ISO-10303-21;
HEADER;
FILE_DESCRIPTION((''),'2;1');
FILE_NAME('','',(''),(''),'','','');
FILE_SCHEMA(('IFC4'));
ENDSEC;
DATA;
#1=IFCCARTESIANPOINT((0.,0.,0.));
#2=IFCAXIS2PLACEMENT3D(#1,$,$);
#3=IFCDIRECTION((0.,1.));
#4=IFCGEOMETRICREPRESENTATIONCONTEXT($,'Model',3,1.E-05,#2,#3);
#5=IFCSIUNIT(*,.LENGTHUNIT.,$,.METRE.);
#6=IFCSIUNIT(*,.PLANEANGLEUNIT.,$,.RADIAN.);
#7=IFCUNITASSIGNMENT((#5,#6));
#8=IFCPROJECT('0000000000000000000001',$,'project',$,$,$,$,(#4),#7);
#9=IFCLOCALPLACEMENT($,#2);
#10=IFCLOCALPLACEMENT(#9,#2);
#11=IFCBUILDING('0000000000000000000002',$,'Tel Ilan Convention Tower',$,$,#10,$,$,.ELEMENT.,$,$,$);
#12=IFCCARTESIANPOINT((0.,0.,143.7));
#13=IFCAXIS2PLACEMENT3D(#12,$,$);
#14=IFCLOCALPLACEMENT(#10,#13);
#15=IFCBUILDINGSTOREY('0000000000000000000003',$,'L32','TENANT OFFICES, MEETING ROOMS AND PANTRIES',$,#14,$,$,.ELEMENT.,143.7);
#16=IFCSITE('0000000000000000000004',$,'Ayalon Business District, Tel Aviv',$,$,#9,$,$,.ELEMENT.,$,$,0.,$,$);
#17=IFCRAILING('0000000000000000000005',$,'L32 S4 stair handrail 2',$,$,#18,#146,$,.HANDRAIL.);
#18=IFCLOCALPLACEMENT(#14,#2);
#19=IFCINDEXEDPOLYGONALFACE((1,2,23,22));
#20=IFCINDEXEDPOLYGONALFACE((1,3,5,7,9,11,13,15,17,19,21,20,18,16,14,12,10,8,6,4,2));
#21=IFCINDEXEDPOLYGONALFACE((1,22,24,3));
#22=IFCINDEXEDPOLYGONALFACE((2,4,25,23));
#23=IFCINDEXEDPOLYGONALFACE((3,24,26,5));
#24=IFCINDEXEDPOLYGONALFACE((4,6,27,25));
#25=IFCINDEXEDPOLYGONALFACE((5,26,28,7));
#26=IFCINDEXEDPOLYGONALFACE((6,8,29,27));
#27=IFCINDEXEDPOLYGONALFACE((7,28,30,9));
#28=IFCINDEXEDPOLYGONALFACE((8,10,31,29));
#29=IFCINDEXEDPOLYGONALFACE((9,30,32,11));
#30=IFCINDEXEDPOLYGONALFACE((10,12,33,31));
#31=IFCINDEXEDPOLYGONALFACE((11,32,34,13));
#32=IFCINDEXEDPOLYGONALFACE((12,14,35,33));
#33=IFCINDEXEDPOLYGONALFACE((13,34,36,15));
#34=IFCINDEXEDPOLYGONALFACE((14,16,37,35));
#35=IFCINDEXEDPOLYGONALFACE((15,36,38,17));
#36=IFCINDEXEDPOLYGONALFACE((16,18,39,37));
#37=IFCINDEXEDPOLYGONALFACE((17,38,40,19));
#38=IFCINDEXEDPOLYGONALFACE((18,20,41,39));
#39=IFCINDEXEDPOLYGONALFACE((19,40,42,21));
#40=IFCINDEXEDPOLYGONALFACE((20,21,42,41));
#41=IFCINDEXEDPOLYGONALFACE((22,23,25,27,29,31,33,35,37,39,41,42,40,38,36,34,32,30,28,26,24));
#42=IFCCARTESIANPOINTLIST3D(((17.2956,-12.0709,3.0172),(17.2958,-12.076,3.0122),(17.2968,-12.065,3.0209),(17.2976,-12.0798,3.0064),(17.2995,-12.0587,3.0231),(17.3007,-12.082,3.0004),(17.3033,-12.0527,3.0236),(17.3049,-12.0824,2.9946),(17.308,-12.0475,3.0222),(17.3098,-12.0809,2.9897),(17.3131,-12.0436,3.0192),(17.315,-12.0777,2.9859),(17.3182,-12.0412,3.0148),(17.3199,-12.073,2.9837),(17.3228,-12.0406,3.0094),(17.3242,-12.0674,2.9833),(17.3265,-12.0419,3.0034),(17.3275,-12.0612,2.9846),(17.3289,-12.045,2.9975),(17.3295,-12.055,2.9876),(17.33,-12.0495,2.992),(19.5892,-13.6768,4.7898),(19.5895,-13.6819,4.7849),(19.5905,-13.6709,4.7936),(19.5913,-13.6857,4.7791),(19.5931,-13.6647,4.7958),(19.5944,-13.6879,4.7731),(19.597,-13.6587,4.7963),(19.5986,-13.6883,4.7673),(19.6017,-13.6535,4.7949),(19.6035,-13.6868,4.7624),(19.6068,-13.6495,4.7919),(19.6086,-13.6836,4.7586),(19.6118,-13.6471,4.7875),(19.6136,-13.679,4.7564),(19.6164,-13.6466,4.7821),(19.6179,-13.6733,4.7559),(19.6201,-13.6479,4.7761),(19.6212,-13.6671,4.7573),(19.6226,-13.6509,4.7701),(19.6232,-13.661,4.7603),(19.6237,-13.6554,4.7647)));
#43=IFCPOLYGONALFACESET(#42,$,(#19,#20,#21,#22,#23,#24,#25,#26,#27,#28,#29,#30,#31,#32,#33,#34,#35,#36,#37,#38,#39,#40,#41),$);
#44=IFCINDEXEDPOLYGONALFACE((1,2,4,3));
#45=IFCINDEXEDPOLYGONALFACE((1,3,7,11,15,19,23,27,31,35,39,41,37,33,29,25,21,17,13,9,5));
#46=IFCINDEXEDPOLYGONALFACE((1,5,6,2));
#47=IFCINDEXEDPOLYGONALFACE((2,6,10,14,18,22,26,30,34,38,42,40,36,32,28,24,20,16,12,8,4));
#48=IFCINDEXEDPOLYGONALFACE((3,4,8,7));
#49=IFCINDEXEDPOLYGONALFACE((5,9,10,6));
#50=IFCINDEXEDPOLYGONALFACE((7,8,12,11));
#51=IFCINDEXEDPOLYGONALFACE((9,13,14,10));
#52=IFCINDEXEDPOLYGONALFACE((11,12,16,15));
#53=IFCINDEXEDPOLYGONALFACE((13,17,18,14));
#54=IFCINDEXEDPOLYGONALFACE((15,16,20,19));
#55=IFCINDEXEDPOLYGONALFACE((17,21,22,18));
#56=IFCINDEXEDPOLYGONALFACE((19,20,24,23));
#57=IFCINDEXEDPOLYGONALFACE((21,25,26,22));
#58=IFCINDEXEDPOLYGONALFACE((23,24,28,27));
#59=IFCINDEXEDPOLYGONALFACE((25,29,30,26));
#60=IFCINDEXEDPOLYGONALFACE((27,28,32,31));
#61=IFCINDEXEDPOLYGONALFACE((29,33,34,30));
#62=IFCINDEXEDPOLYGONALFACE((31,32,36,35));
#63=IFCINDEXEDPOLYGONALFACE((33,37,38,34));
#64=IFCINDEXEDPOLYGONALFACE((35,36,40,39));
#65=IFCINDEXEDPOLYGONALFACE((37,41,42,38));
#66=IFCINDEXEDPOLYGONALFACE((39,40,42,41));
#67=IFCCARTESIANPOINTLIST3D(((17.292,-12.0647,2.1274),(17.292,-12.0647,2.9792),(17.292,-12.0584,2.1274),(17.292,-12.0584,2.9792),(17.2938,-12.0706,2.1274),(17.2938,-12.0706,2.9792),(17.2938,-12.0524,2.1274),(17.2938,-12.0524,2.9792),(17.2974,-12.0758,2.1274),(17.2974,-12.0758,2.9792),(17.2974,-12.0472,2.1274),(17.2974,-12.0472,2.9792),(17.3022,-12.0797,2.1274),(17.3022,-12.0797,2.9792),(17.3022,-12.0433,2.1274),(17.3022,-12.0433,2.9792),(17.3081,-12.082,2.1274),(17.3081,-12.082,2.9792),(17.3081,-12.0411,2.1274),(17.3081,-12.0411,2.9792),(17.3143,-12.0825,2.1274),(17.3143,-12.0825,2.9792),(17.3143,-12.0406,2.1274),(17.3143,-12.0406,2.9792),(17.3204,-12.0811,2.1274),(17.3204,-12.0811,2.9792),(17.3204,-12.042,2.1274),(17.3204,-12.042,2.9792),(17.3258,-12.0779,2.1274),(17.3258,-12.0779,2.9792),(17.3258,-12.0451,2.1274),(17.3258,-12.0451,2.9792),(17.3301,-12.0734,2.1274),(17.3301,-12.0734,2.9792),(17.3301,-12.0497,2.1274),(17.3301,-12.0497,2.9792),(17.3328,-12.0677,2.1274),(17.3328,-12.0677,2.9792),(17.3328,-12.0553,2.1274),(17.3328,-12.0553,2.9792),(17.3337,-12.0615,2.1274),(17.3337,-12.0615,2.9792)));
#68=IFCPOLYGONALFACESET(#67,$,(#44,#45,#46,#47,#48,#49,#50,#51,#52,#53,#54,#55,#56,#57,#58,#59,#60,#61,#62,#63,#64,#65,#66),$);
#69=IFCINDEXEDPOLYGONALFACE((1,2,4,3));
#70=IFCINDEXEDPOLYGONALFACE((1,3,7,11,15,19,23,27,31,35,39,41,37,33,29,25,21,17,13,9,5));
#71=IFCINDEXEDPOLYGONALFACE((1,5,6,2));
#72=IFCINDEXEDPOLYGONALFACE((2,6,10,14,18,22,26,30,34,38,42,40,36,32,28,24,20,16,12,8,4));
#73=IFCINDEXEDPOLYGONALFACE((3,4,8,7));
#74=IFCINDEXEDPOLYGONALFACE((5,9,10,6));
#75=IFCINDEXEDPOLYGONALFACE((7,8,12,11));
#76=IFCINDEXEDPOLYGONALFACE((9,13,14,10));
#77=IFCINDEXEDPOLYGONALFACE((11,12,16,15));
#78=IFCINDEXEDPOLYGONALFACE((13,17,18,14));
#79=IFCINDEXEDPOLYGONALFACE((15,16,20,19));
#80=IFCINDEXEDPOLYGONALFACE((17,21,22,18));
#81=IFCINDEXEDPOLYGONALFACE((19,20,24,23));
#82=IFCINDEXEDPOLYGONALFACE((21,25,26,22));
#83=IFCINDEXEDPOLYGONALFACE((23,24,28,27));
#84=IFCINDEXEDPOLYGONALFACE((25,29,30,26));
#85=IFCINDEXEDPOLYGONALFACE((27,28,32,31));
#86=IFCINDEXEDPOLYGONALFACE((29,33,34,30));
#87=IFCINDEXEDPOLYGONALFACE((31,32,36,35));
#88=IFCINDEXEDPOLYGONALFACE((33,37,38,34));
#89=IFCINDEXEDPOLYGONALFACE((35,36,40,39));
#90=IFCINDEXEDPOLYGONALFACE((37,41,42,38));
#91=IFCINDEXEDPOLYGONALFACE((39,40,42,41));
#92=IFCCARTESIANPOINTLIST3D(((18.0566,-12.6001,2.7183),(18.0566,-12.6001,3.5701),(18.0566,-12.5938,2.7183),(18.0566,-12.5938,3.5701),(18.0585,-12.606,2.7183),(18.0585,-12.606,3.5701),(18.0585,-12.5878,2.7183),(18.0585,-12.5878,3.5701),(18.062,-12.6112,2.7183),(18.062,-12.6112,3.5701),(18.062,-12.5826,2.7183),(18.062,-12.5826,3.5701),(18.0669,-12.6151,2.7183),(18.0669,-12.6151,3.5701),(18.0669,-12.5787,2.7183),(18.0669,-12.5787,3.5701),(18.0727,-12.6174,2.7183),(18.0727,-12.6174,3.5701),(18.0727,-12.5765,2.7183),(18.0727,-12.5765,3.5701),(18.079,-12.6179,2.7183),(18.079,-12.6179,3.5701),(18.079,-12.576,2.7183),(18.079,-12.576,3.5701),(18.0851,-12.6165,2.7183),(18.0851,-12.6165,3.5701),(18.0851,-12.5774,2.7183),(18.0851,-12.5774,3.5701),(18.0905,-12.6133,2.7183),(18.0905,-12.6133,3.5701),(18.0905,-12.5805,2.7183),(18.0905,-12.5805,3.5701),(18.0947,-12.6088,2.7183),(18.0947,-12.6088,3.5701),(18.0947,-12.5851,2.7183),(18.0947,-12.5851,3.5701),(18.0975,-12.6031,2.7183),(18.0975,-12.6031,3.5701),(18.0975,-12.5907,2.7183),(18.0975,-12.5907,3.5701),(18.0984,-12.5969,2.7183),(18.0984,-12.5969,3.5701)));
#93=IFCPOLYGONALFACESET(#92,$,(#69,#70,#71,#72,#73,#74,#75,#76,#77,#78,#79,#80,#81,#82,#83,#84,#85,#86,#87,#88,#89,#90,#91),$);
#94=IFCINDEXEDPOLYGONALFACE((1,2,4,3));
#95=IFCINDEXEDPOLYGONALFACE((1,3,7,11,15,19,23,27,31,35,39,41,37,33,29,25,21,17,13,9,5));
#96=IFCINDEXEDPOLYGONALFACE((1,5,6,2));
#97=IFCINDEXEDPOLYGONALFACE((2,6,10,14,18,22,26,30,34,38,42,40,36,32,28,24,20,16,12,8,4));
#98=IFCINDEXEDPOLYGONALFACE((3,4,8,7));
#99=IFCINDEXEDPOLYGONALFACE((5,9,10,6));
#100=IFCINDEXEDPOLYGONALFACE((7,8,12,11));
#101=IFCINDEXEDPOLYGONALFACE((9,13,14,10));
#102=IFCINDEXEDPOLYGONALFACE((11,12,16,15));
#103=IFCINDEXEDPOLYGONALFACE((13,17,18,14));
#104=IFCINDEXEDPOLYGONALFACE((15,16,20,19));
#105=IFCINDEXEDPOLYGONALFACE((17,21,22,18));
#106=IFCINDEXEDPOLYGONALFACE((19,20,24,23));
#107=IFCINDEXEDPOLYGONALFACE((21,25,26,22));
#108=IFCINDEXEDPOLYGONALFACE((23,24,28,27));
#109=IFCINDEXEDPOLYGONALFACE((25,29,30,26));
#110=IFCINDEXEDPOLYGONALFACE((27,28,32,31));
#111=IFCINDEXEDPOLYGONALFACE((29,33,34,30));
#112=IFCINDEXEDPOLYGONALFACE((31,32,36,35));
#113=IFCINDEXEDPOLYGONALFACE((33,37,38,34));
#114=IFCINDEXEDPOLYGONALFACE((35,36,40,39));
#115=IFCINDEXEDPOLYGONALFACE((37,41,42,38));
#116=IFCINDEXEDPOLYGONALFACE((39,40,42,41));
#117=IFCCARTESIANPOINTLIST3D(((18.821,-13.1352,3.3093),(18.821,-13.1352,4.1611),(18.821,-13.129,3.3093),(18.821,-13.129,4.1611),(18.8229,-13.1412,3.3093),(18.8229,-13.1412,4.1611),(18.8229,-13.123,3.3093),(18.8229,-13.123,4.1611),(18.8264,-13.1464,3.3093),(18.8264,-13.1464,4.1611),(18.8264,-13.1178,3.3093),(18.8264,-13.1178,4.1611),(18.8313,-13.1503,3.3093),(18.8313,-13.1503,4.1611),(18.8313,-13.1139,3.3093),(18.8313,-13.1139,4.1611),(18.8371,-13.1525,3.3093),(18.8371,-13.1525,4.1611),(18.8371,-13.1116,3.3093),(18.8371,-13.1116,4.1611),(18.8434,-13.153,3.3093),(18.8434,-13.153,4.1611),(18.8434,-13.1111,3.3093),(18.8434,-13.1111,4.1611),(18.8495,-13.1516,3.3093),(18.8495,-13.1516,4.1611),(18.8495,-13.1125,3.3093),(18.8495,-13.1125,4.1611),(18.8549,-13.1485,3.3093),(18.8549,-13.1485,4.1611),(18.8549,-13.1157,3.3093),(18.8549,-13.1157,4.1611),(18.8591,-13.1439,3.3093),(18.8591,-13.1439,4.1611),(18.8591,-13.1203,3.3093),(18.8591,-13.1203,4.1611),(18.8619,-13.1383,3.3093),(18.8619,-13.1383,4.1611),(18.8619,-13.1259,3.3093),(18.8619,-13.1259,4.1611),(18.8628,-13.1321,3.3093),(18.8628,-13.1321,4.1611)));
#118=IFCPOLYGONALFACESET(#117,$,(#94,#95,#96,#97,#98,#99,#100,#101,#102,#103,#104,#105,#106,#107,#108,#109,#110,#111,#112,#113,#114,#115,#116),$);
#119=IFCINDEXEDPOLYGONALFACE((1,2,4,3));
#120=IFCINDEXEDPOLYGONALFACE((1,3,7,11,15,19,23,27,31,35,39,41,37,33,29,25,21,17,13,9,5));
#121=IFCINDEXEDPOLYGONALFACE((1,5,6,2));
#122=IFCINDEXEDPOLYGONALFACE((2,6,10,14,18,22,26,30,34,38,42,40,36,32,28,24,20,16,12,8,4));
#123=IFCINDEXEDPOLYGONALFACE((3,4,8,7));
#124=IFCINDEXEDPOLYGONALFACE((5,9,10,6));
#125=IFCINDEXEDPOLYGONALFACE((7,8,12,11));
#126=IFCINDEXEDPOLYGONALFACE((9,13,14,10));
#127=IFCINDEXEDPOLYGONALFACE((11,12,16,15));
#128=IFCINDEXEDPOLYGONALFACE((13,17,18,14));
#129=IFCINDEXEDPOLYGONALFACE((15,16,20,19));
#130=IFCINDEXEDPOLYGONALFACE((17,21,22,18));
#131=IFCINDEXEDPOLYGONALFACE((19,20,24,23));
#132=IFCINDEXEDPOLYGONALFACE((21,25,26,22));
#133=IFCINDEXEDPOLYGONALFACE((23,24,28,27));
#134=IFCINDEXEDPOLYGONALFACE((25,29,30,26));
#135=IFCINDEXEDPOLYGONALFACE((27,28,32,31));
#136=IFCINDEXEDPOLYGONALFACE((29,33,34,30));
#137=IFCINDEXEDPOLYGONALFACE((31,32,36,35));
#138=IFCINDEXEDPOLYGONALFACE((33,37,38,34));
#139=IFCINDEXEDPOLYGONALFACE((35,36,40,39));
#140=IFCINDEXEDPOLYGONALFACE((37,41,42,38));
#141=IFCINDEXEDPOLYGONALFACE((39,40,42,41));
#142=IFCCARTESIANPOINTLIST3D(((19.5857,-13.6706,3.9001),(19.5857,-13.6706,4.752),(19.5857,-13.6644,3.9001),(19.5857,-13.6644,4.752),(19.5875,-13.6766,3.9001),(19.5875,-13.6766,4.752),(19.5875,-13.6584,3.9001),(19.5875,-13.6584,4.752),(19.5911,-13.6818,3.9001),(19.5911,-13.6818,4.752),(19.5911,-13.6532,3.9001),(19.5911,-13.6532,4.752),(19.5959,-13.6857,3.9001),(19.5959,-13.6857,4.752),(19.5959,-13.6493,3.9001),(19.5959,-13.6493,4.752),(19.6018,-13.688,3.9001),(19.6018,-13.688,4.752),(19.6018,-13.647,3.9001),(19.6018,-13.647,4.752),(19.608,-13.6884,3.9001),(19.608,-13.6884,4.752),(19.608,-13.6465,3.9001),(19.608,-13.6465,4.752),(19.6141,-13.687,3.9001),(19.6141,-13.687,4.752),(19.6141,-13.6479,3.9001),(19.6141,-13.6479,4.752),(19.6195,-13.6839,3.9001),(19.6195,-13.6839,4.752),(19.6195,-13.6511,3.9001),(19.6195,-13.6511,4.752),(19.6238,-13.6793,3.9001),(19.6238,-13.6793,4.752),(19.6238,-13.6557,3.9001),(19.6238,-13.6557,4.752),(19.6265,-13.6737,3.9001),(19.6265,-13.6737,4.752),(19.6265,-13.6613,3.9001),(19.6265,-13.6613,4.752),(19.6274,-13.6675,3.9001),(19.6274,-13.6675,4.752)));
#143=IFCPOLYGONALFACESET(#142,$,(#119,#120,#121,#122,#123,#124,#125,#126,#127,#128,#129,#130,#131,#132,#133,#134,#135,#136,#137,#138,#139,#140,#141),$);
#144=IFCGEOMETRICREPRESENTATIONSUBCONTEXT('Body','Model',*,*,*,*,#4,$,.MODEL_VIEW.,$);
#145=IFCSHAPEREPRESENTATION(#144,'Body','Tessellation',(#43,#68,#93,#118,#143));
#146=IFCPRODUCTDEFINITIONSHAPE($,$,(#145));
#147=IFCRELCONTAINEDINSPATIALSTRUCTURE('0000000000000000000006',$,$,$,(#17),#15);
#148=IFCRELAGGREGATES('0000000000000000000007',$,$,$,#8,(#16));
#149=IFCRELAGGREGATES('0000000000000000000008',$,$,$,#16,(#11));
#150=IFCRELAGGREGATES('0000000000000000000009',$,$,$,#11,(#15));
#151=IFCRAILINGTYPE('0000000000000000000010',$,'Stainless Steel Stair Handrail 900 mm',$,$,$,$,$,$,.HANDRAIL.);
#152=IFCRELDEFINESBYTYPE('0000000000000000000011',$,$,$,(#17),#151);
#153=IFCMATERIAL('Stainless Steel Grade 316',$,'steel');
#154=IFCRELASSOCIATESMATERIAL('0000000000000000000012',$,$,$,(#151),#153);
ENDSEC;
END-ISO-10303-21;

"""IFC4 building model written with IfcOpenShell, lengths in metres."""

from ifc_helpers import new_model, si_unit, direction, frame, origin, origin_2d, place, context, subcontext, project, spatial, circle, extrude, material, type_object, element, save


model = new_model("IFC4")

# Units and contexts
model_context = context("Model", 3, precision=1e-05, world=origin(), true_north=direction((0.0, 1.0)))
body_context = subcontext(model_context, "Body", "Model", "MODEL_VIEW")
ifc_project = project(units=[si_unit("LENGTHUNIT", "METRE"), si_unit("PLANEANGLEUNIT", "RADIAN")], contexts=[model_context])

# Site, building, storey
site_placement = place(None, origin())
site = spatial("IfcSite", under=ifc_project, at=site_placement, Name="Ayalon Business District, Tel Aviv", CompositionType="ELEMENT", RefElevation=0.0)
building_placement = place(site_placement, origin())
building = spatial("IfcBuilding", under=site, at=building_placement, Name="Tel Ilan Convention Tower", CompositionType="ELEMENT")
storey_placement = place(building_placement, frame((0.0, 0.0, 143.7)))
storey = spatial("IfcBuildingStorey", under=building, at=storey_placement, Name="L32", Description="TENANT OFFICES, MEETING ROOMS AND PANTRIES", CompositionType="ELEMENT", Elevation=143.7)

# Railing
ifc_material_1 = material(Name="Stainless Steel Grade 316", Category="steel")
railing_type_1 = type_object("IfcRailingType", Name="Stainless Steel Stair Handrail 900 mm", PredefinedType="HANDRAIL", material=ifc_material_1)
railing_1_placement = place(storey_placement, frame((17.3127, -12.0615, 2.1274)))
element("IfcRailing", 1, at=railing_1_placement, inside=storey, type_object=railing_type_1, Name="L32 S4 stair handrail 2", PredefinedType="HANDRAIL", context=body_context, shape_type="SweptSolid", body=[
    extrude(circle(Radius=0.0239, at=origin_2d()), frame((0.0, 0.0, 0.876), z_axis=(0.692123, -0.484597, 0.534913), x_axis=(0.57355, 0.81917, 0.0)), (0.0, 0.0, 1.0), 3.314),
    extrude(circle(Radius=0.021, at=origin_2d()), origin(), (0.0, 0.0, 1.0), 0.8518),
    extrude(circle(Radius=0.021, at=origin_2d()), frame((0.7646, -0.5354, 0.5908)), (0.0, 0.0, 1.0), 0.8518),
    extrude(circle(Radius=0.021, at=origin_2d()), frame((1.5291, -1.0706, 1.1819)), (0.0, 0.0, 1.0), 0.8518),
    extrude(circle(Radius=0.021, at=origin_2d()), frame((2.2937, -1.606, 1.7727)), (0.0, 0.0, 1.0), 0.8518),
])

save(model, "model.ifc")
